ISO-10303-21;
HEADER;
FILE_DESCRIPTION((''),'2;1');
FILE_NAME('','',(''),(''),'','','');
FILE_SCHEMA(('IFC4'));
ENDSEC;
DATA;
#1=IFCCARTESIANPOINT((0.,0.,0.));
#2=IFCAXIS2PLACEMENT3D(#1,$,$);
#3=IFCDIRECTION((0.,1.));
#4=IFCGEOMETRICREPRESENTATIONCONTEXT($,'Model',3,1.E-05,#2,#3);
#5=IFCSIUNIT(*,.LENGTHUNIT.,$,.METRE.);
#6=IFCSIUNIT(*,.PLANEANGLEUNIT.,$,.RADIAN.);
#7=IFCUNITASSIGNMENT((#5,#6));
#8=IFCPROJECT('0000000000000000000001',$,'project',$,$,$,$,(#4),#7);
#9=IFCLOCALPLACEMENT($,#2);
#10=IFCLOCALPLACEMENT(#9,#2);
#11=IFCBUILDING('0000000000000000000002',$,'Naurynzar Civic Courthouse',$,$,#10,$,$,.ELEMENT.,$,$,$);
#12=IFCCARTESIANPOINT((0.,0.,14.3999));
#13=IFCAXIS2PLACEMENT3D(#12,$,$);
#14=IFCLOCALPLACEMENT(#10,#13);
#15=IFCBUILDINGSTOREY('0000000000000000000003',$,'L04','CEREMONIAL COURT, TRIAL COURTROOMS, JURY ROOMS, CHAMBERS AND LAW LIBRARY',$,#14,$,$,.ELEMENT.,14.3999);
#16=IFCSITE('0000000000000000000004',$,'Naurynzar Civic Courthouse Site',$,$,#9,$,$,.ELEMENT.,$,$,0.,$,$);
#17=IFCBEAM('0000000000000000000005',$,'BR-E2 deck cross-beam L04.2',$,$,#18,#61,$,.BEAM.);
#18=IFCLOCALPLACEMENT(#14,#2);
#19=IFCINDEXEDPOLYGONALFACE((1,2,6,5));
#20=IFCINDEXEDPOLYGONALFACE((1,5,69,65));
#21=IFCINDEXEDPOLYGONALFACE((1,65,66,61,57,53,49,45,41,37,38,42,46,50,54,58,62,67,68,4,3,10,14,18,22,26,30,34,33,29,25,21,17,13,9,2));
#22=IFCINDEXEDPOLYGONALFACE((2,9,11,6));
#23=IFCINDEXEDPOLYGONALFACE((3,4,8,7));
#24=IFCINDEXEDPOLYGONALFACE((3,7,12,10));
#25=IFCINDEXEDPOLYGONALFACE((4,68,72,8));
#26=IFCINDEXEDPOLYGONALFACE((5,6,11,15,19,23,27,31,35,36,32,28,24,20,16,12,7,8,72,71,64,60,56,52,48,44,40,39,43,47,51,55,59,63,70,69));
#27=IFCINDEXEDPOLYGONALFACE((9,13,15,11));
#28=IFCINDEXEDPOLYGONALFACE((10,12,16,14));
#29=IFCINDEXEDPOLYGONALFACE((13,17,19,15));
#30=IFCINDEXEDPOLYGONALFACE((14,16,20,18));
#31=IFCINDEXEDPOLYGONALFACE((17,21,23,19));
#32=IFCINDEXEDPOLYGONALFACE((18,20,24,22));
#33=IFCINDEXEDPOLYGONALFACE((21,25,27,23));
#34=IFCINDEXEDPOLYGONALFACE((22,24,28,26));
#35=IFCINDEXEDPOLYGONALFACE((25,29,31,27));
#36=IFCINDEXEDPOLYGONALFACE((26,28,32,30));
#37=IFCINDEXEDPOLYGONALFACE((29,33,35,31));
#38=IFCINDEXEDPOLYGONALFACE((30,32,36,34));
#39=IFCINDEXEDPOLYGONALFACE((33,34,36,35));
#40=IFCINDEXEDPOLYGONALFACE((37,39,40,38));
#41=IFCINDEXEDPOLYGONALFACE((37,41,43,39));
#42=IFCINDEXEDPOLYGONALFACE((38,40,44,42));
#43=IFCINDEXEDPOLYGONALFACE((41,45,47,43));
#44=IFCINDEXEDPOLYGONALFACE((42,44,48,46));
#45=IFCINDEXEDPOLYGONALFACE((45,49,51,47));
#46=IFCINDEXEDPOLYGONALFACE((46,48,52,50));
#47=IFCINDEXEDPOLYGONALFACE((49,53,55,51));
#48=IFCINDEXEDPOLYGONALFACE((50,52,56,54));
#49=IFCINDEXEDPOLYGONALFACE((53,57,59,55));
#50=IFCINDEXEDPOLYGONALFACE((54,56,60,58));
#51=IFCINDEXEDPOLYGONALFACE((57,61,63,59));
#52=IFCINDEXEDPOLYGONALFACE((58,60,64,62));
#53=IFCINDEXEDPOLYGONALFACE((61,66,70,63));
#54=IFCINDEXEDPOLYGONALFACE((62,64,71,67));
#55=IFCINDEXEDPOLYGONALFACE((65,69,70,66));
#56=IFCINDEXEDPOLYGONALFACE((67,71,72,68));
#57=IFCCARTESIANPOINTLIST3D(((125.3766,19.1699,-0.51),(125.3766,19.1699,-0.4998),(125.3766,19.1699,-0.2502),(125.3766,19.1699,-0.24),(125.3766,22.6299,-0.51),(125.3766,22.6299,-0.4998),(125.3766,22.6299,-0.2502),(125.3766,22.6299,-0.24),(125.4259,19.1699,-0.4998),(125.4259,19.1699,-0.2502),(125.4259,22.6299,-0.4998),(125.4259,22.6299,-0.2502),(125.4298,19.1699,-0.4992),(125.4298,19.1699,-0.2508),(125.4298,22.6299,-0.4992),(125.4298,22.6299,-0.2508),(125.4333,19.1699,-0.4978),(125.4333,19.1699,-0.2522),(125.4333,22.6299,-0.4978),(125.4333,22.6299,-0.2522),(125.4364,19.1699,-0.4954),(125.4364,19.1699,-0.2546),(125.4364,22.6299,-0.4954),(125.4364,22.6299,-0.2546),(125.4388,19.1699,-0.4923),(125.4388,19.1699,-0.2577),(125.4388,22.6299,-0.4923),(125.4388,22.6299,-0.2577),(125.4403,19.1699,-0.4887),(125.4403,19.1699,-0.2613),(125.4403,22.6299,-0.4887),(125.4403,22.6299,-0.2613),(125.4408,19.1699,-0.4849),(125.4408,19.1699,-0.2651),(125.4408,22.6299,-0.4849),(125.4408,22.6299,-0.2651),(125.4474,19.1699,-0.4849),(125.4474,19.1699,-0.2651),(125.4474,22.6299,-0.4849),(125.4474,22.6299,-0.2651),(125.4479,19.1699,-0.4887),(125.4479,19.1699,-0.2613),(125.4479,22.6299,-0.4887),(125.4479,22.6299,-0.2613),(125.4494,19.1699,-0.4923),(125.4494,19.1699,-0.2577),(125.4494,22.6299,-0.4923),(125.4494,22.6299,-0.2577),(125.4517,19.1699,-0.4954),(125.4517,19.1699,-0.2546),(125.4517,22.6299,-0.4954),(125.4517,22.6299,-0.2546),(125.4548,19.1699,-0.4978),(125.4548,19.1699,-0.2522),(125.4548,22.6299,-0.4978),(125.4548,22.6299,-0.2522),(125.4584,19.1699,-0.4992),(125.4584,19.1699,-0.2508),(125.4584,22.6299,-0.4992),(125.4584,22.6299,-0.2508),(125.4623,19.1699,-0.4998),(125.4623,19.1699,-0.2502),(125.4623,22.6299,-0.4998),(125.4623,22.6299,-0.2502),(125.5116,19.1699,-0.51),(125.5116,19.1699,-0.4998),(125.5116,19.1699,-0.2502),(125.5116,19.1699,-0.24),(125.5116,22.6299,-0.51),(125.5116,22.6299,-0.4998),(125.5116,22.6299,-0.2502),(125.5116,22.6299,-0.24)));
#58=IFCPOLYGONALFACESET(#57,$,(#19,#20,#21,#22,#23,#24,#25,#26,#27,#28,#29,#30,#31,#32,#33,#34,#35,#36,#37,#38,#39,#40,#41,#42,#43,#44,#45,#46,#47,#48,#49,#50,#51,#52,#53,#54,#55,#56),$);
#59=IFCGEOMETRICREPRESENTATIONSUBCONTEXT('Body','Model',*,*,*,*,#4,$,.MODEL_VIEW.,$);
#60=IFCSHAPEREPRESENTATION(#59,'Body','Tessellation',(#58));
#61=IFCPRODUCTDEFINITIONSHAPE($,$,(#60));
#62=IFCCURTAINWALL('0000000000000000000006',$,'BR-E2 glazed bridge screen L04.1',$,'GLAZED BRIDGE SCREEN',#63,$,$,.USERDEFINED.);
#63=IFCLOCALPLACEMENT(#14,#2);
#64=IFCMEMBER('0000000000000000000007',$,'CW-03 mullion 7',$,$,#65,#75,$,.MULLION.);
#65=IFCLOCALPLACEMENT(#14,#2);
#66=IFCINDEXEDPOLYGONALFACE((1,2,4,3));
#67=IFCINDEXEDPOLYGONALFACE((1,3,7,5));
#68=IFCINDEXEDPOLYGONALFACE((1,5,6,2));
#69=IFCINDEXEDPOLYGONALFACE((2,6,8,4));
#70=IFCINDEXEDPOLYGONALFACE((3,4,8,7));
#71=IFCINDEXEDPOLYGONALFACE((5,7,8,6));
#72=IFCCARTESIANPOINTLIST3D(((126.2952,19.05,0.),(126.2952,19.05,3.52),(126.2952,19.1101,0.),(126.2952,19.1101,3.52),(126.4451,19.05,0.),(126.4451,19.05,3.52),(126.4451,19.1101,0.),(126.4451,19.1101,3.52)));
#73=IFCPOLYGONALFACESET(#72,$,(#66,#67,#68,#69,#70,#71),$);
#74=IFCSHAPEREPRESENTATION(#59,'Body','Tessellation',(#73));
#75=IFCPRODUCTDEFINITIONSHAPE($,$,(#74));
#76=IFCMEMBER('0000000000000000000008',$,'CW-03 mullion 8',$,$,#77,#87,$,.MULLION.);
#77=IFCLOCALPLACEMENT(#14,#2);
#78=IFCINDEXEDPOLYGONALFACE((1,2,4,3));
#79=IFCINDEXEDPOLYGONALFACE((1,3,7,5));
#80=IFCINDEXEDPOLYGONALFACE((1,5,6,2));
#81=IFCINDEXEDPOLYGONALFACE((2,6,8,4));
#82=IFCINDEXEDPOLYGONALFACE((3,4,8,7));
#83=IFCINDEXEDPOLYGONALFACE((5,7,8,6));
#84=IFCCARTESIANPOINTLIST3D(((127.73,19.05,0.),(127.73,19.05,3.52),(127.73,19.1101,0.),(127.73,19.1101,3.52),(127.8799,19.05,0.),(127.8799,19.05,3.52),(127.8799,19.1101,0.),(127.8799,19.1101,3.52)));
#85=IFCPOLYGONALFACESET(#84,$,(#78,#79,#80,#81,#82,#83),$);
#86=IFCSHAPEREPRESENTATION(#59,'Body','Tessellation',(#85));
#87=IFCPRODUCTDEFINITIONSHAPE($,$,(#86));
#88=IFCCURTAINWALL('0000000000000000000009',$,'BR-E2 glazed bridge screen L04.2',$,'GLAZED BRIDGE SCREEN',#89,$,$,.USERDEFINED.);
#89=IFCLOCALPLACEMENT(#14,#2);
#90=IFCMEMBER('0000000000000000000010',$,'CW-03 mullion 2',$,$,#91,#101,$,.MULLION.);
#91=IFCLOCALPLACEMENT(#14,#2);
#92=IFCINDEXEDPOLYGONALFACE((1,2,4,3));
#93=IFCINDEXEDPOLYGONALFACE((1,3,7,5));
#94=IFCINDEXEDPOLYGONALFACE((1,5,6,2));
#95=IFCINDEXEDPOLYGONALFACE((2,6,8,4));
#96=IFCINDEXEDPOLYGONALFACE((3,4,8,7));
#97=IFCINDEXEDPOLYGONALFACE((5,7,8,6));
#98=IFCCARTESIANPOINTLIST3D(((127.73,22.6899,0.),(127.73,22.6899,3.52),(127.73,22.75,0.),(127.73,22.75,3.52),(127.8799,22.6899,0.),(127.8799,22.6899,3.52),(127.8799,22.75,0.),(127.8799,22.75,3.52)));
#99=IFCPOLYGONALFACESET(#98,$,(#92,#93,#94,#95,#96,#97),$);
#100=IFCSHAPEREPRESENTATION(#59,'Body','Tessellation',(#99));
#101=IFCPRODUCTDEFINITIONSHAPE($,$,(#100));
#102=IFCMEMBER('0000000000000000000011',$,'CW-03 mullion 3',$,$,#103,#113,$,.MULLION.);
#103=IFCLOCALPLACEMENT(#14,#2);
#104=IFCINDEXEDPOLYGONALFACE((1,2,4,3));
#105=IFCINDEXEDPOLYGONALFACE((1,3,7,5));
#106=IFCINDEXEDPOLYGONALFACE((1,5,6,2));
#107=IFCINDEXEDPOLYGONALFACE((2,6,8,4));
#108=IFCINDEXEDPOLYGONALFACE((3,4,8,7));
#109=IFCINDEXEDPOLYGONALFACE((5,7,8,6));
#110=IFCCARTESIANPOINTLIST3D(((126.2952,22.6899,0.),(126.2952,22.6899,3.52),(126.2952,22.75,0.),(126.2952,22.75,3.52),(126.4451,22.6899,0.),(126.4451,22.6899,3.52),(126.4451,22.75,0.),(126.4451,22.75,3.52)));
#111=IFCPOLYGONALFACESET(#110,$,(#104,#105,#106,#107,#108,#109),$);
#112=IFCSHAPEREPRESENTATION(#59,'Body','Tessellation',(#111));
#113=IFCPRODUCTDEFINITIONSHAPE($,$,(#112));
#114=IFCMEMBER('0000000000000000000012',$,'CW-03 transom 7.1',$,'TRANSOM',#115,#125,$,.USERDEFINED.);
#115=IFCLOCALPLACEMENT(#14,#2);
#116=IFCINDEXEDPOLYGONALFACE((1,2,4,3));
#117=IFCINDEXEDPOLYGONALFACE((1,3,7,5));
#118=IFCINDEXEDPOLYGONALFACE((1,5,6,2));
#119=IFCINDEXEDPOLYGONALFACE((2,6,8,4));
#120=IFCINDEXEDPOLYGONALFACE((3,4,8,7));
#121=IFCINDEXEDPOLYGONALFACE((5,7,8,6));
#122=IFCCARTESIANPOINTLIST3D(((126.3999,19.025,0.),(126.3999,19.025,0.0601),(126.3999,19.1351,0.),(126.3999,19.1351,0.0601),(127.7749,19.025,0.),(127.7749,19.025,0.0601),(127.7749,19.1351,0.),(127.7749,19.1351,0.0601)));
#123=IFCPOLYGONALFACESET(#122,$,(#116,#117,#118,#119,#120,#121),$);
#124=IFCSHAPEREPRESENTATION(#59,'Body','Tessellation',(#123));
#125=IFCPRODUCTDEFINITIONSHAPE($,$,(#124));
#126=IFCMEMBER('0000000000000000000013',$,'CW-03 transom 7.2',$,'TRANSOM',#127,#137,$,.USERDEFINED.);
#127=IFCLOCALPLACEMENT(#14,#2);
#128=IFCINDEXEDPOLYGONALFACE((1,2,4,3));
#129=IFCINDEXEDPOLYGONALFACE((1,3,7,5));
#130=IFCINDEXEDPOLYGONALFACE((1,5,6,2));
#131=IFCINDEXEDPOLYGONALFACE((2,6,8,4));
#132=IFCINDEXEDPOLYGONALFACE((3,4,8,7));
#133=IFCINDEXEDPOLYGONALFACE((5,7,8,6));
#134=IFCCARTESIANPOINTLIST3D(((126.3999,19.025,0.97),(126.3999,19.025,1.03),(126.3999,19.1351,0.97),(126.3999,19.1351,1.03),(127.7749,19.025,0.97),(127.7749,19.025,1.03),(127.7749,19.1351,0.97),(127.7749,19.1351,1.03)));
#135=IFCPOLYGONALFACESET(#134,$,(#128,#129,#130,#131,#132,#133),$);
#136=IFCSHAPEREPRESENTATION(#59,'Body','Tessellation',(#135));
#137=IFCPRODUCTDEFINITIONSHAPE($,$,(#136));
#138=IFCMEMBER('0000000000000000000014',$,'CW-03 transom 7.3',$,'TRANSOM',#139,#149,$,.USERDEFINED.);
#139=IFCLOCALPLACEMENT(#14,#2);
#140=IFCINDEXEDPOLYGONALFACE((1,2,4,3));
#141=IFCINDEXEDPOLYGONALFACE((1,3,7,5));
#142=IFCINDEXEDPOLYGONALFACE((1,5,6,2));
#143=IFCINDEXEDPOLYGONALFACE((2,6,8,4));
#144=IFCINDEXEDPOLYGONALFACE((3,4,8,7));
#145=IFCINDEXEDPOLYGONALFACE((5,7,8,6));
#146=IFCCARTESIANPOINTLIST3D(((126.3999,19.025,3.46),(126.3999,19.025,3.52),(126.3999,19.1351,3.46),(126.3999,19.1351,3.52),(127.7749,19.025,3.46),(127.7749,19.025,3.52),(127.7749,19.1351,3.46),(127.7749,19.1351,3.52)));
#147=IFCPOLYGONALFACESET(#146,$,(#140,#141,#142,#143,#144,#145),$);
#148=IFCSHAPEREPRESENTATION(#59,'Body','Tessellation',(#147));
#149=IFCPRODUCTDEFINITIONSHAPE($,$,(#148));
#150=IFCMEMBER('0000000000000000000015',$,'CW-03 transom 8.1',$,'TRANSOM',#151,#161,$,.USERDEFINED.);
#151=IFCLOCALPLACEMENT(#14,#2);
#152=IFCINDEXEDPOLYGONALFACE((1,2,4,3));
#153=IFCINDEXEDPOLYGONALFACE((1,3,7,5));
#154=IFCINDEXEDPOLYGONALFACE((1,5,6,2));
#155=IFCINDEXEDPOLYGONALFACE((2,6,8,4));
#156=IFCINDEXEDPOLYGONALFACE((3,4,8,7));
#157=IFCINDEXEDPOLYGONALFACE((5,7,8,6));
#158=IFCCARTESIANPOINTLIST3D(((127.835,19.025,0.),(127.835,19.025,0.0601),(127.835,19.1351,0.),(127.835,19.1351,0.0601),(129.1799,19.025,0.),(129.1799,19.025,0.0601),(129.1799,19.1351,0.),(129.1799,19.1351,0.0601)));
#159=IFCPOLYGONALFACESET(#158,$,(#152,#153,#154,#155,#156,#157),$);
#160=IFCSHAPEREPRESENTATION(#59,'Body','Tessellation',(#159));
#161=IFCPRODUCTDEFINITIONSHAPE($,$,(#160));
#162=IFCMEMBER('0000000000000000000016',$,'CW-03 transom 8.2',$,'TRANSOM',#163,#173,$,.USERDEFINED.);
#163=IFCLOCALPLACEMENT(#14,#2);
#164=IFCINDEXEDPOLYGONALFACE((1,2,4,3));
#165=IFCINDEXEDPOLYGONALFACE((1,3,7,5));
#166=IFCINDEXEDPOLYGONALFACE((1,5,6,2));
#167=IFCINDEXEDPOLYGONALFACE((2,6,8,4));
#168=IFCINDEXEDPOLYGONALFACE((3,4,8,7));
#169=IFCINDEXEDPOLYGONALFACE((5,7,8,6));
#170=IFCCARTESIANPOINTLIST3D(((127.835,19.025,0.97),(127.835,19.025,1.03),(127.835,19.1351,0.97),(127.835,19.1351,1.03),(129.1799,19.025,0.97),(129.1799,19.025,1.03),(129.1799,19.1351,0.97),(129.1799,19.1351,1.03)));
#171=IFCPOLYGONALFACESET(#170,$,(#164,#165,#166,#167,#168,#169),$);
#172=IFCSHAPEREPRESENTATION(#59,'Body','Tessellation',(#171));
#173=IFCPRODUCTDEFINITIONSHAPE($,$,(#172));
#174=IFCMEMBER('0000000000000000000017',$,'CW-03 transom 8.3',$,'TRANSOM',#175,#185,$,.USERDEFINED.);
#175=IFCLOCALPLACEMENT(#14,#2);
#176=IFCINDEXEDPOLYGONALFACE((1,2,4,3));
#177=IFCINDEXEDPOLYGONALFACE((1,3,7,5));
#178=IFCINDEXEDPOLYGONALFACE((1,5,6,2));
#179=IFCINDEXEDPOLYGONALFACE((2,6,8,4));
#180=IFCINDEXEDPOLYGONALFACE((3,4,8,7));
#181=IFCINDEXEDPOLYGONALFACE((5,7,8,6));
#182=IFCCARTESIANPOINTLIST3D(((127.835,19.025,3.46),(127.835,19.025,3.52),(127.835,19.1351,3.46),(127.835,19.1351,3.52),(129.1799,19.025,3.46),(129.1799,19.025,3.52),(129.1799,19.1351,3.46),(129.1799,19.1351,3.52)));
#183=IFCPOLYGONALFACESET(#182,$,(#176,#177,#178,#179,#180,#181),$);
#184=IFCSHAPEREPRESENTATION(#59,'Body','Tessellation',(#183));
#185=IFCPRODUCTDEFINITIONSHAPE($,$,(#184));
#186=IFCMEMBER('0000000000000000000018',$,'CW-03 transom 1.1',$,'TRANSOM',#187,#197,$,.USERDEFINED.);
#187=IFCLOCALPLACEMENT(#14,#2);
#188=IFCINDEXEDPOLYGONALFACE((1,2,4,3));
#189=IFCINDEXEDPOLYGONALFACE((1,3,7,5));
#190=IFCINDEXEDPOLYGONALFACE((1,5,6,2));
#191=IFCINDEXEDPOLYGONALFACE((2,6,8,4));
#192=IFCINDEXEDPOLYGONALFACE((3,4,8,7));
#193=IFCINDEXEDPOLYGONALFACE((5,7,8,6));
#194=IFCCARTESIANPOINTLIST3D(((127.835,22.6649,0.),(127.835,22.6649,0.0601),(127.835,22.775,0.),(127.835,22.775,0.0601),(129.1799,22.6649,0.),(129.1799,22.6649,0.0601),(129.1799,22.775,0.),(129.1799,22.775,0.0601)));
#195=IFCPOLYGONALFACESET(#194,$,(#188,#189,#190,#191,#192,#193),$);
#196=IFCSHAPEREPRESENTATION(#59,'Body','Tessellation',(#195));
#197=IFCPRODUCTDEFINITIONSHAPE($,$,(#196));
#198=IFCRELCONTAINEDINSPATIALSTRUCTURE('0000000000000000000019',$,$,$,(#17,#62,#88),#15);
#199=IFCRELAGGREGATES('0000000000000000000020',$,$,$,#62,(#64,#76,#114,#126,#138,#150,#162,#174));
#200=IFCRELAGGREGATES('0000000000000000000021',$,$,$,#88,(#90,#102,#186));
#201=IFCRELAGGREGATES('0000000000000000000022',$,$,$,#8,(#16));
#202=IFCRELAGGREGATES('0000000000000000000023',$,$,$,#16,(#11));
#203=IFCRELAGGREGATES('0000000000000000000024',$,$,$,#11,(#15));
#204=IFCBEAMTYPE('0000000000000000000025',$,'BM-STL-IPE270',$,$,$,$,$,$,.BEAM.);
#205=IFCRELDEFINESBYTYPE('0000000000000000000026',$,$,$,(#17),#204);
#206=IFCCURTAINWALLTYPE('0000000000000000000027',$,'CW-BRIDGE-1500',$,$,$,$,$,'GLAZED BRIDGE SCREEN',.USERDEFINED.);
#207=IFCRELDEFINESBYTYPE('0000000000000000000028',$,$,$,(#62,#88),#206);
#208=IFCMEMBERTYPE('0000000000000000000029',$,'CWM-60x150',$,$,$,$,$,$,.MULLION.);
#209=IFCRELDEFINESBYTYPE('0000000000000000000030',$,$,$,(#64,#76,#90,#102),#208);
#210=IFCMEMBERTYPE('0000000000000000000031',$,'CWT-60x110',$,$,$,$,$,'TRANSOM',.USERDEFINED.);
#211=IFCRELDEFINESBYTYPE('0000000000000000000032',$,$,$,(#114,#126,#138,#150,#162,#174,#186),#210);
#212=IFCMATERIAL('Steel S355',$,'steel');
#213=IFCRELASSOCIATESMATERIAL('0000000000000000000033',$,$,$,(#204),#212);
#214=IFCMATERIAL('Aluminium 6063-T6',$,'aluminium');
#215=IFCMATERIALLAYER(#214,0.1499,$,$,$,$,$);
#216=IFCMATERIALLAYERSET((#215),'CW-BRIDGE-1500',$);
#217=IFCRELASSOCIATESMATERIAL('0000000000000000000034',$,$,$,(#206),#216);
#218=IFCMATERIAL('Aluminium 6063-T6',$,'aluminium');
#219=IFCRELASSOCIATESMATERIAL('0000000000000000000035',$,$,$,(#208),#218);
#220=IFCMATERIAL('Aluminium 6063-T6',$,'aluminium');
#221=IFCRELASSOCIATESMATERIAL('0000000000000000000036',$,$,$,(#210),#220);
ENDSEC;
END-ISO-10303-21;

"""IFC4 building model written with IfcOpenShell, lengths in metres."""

from ifc_helpers import new_model, si_unit, direction, frame, origin, origin_2d, place, context, subcontext, project, spatial, rectangle, i_section, extrude, material, layer, layer_set, material_profile, profile_set, type_object, element, aggregate, save


model = new_model("IFC4")

# Units and contexts
model_context = context("Model", 3, precision=1e-05, world=origin(), true_north=direction((0.0, 1.0)))
body_context = subcontext(model_context, "Body", "Model", "MODEL_VIEW")
ifc_project = project(units=[si_unit("LENGTHUNIT", "METRE"), si_unit("PLANEANGLEUNIT", "RADIAN")], contexts=[model_context])

# Site, building, storey
site_placement = place(None, origin())
site = spatial("IfcSite", under=ifc_project, at=site_placement, Name="Naurynzar Civic Courthouse Site", CompositionType="ELEMENT", RefElevation=0.0)
building_placement = place(site_placement, origin())
building = spatial("IfcBuilding", under=site, at=building_placement, Name="Naurynzar Civic Courthouse", CompositionType="ELEMENT")
storey_placement = place(building_placement, frame((0.0, 0.0, 14.3999)))
storey = spatial("IfcBuildingStorey", under=building, at=storey_placement, Name="L04", Description="CEREMONIAL COURT, TRIAL COURTROOMS, JURY ROOMS, CHAMBERS AND LAW LIBRARY", CompositionType="ELEMENT", Elevation=14.3999)

# Beam
ifc_material_1 = material(Name="Steel S355", Category="steel")
ifc_material_profile_1 = material_profile(ifc_material_1, i_section(OverallWidth=0.135, OverallDepth=0.27, WebThickness=0.0066, FlangeThickness=0.0103, FilletRadius=0.0149, at=origin_2d()), Name="IPE 270")
ifc_profile_set_1 = profile_set([ifc_material_profile_1], Name="Steel S355")
beam_type = type_object("IfcBeamType", Name="BM-STL-IPE270", PredefinedType="BEAM", material=ifc_profile_set_1)
beam_placement = place(storey_placement, frame((125.4441, 19.1699, -0.375), z_axis=(0.0, 1.0, 0.0), x_axis=(-1.0, 0.0, 0.0)))
element("IfcBeam", 1, at=beam_placement, inside=storey, type_object=beam_type, Name="BR-E2 deck cross-beam L04.2", PredefinedType="BEAM", context=body_context, shape_type="SweptSolid", body=[
    extrude(i_section(OverallWidth=0.135, OverallDepth=0.27, WebThickness=0.0066, FlangeThickness=0.0103, FilletRadius=0.0149, at=origin_2d()), origin(), (0.0, 0.0, 1.0), 3.46),
])

# Curtain walls, members
ifc_material_2 = material(Name="Aluminium 6063-T6", Category="aluminium")
ifc_layer_1 = layer(ifc_material_2, 0.1499)
ifc_layer_set_1 = layer_set([ifc_layer_1], Name="CW-BRIDGE-1500")
curtain_wall_type = type_object("IfcCurtainWallType", Name="CW-BRIDGE-1500", ElementType="GLAZED BRIDGE SCREEN", PredefinedType="USERDEFINED", material=ifc_layer_set_1)
curtain_wall_1_placement = place(storey_placement, origin())
curtain_wall_1 = element("IfcCurtainWall", 2, at=curtain_wall_1_placement, inside=storey, type_object=curtain_wall_type, Name="BR-E2 glazed bridge screen L04.1", ObjectType="GLAZED BRIDGE SCREEN", PredefinedType="USERDEFINED")
ifc_material_3 = material(Name="Aluminium 6063-T6", Category="aluminium")
ifc_material_profile_2 = material_profile(ifc_material_3, rectangle(XDim=0.0601, YDim=0.1499, at=origin_2d()), Name="ALU MULLION 60x150")
ifc_profile_set_2 = profile_set([ifc_material_profile_2], Name="Aluminium 6063-T6")
member_type_1 = type_object("IfcMemberType", Name="CWM-60x150", PredefinedType="MULLION", material=ifc_profile_set_2)
member_1_placement = place(storey_placement, frame((126.3701, 19.0801, 0.0), z_axis=(0.0, 0.0, 1.0), x_axis=(0.0, 1.0, 0.0)))
member_1 = element("IfcMember", 3, at=member_1_placement, type_object=member_type_1, Name="CW-03 mullion 7", PredefinedType="MULLION", context=body_context, shape_type="SweptSolid", body=[
    extrude(rectangle(XDim=0.0601, YDim=0.1499, at=origin_2d()), origin(), (0.0, 0.0, 1.0), 3.52),
])
member_2_placement = place(storey_placement, frame((127.8049, 19.0801, 0.0), z_axis=(0.0, 0.0, 1.0), x_axis=(0.0, 1.0, 0.0)))
member_2 = element("IfcMember", 4, at=member_2_placement, type_object=member_type_1, Name="CW-03 mullion 8", PredefinedType="MULLION", context=body_context, shape_type="SweptSolid", body=[
    extrude(rectangle(XDim=0.0601, YDim=0.1499, at=origin_2d()), origin(), (0.0, 0.0, 1.0), 3.52),
])
curtain_wall_2_placement = place(storey_placement, origin())
curtain_wall_2 = element("IfcCurtainWall", 5, at=curtain_wall_2_placement, inside=storey, type_object=curtain_wall_type, Name="BR-E2 glazed bridge screen L04.2", ObjectType="GLAZED BRIDGE SCREEN", PredefinedType="USERDEFINED")
member_3_placement = place(storey_placement, frame((127.8049, 22.72, 0.0), z_axis=(0.0, 0.0, 1.0), x_axis=(0.0, -1.0, 0.0)))
member_3 = element("IfcMember", 6, at=member_3_placement, type_object=member_type_1, Name="CW-03 mullion 2", PredefinedType="MULLION", context=body_context, shape_type="SweptSolid", body=[
    extrude(rectangle(XDim=0.0601, YDim=0.1499, at=origin_2d()), origin(), (0.0, 0.0, 1.0), 3.52),
])
member_4_placement = place(storey_placement, frame((126.3701, 22.72, 0.0), z_axis=(0.0, 0.0, 1.0), x_axis=(0.0, -1.0, 0.0)))
member_4 = element("IfcMember", 7, at=member_4_placement, type_object=member_type_1, Name="CW-03 mullion 3", PredefinedType="MULLION", context=body_context, shape_type="SweptSolid", body=[
    extrude(rectangle(XDim=0.0601, YDim=0.1499, at=origin_2d()), origin(), (0.0, 0.0, 1.0), 3.52),
])

# Members
ifc_material_4 = material(Name="Aluminium 6063-T6", Category="aluminium")
ifc_material_profile_3 = material_profile(ifc_material_4, rectangle(XDim=0.1101, YDim=0.0601, at=origin_2d()), Name="ALU TRANSOM 60x110")
ifc_profile_set_3 = profile_set([ifc_material_profile_3], Name="Aluminium 6063-T6")
member_type_2 = type_object("IfcMemberType", Name="CWT-60x110", ElementType="TRANSOM", PredefinedType="USERDEFINED", material=ifc_profile_set_3)
member_5_placement = place(storey_placement, frame((126.3999, 19.0801, 0.03), z_axis=(1.0, 0.0, 0.0), x_axis=(0.0, 1.0, 0.0)))
member_5 = element("IfcMember", 8, at=member_5_placement, type_object=member_type_2, Name="CW-03 transom 7.1", ObjectType="TRANSOM", PredefinedType="USERDEFINED", context=body_context, shape_type="SweptSolid", body=[
    extrude(rectangle(XDim=0.1101, YDim=0.0601, at=origin_2d()), origin(), (0.0, 0.0, 1.0), 1.375),
])
member_6_placement = place(storey_placement, frame((126.3999, 19.0801, 1.0), z_axis=(1.0, 0.0, 0.0), x_axis=(0.0, 1.0, 0.0)))
member_6 = element("IfcMember", 9, at=member_6_placement, type_object=member_type_2, Name="CW-03 transom 7.2", ObjectType="TRANSOM", PredefinedType="USERDEFINED", context=body_context, shape_type="SweptSolid", body=[
    extrude(rectangle(XDim=0.1101, YDim=0.0601, at=origin_2d()), origin(), (0.0, 0.0, 1.0), 1.375),
])
member_7_placement = place(storey_placement, frame((126.3999, 19.0801, 3.49), z_axis=(1.0, 0.0, 0.0), x_axis=(0.0, 1.0, 0.0)))
member_7 = element("IfcMember", 10, at=member_7_placement, type_object=member_type_2, Name="CW-03 transom 7.3", ObjectType="TRANSOM", PredefinedType="USERDEFINED", context=body_context, shape_type="SweptSolid", body=[
    extrude(rectangle(XDim=0.1101, YDim=0.0601, at=origin_2d()), origin(), (0.0, 0.0, 1.0), 1.375),
])
member_8_placement = place(storey_placement, frame((127.835, 19.0801, 0.03), z_axis=(1.0, 0.0, 0.0), x_axis=(0.0, 1.0, 0.0)))
member_8 = element("IfcMember", 11, at=member_8_placement, type_object=member_type_2, Name="CW-03 transom 8.1", ObjectType="TRANSOM", PredefinedType="USERDEFINED", context=body_context, shape_type="SweptSolid", body=[
    extrude(rectangle(XDim=0.1101, YDim=0.0601, at=origin_2d()), origin(), (0.0, 0.0, 1.0), 1.345),
])
member_9_placement = place(storey_placement, frame((127.835, 19.0801, 1.0), z_axis=(1.0, 0.0, 0.0), x_axis=(0.0, 1.0, 0.0)))
member_9 = element("IfcMember", 12, at=member_9_placement, type_object=member_type_2, Name="CW-03 transom 8.2", ObjectType="TRANSOM", PredefinedType="USERDEFINED", context=body_context, shape_type="SweptSolid", body=[
    extrude(rectangle(XDim=0.1101, YDim=0.0601, at=origin_2d()), origin(), (0.0, 0.0, 1.0), 1.345),
])
member_10_placement = place(storey_placement, frame((127.835, 19.0801, 3.49), z_axis=(1.0, 0.0, 0.0), x_axis=(0.0, 1.0, 0.0)))
member_10 = element("IfcMember", 13, at=member_10_placement, type_object=member_type_2, Name="CW-03 transom 8.3", ObjectType="TRANSOM", PredefinedType="USERDEFINED", context=body_context, shape_type="SweptSolid", body=[
    extrude(rectangle(XDim=0.1101, YDim=0.0601, at=origin_2d()), origin(), (0.0, 0.0, 1.0), 1.345),
])
member_11_placement = place(storey_placement, frame((129.1799, 22.72, 0.03), z_axis=(-1.0, 0.0, 0.0), x_axis=(0.0, -1.0, 0.0)))
member_11 = element("IfcMember", 14, at=member_11_placement, type_object=member_type_2, Name="CW-03 transom 1.1", ObjectType="TRANSOM", PredefinedType="USERDEFINED", context=body_context, shape_type="SweptSolid", body=[
    extrude(rectangle(XDim=0.1101, YDim=0.0601, at=origin_2d()), origin(), (0.0, 0.0, 1.0), 1.345),
])

aggregate(curtain_wall_1, [member_1, member_2, member_5, member_6, member_7, member_8, member_9, member_10])
aggregate(curtain_wall_2, [member_3, member_4, member_11])

save(model, "model.ifc")
